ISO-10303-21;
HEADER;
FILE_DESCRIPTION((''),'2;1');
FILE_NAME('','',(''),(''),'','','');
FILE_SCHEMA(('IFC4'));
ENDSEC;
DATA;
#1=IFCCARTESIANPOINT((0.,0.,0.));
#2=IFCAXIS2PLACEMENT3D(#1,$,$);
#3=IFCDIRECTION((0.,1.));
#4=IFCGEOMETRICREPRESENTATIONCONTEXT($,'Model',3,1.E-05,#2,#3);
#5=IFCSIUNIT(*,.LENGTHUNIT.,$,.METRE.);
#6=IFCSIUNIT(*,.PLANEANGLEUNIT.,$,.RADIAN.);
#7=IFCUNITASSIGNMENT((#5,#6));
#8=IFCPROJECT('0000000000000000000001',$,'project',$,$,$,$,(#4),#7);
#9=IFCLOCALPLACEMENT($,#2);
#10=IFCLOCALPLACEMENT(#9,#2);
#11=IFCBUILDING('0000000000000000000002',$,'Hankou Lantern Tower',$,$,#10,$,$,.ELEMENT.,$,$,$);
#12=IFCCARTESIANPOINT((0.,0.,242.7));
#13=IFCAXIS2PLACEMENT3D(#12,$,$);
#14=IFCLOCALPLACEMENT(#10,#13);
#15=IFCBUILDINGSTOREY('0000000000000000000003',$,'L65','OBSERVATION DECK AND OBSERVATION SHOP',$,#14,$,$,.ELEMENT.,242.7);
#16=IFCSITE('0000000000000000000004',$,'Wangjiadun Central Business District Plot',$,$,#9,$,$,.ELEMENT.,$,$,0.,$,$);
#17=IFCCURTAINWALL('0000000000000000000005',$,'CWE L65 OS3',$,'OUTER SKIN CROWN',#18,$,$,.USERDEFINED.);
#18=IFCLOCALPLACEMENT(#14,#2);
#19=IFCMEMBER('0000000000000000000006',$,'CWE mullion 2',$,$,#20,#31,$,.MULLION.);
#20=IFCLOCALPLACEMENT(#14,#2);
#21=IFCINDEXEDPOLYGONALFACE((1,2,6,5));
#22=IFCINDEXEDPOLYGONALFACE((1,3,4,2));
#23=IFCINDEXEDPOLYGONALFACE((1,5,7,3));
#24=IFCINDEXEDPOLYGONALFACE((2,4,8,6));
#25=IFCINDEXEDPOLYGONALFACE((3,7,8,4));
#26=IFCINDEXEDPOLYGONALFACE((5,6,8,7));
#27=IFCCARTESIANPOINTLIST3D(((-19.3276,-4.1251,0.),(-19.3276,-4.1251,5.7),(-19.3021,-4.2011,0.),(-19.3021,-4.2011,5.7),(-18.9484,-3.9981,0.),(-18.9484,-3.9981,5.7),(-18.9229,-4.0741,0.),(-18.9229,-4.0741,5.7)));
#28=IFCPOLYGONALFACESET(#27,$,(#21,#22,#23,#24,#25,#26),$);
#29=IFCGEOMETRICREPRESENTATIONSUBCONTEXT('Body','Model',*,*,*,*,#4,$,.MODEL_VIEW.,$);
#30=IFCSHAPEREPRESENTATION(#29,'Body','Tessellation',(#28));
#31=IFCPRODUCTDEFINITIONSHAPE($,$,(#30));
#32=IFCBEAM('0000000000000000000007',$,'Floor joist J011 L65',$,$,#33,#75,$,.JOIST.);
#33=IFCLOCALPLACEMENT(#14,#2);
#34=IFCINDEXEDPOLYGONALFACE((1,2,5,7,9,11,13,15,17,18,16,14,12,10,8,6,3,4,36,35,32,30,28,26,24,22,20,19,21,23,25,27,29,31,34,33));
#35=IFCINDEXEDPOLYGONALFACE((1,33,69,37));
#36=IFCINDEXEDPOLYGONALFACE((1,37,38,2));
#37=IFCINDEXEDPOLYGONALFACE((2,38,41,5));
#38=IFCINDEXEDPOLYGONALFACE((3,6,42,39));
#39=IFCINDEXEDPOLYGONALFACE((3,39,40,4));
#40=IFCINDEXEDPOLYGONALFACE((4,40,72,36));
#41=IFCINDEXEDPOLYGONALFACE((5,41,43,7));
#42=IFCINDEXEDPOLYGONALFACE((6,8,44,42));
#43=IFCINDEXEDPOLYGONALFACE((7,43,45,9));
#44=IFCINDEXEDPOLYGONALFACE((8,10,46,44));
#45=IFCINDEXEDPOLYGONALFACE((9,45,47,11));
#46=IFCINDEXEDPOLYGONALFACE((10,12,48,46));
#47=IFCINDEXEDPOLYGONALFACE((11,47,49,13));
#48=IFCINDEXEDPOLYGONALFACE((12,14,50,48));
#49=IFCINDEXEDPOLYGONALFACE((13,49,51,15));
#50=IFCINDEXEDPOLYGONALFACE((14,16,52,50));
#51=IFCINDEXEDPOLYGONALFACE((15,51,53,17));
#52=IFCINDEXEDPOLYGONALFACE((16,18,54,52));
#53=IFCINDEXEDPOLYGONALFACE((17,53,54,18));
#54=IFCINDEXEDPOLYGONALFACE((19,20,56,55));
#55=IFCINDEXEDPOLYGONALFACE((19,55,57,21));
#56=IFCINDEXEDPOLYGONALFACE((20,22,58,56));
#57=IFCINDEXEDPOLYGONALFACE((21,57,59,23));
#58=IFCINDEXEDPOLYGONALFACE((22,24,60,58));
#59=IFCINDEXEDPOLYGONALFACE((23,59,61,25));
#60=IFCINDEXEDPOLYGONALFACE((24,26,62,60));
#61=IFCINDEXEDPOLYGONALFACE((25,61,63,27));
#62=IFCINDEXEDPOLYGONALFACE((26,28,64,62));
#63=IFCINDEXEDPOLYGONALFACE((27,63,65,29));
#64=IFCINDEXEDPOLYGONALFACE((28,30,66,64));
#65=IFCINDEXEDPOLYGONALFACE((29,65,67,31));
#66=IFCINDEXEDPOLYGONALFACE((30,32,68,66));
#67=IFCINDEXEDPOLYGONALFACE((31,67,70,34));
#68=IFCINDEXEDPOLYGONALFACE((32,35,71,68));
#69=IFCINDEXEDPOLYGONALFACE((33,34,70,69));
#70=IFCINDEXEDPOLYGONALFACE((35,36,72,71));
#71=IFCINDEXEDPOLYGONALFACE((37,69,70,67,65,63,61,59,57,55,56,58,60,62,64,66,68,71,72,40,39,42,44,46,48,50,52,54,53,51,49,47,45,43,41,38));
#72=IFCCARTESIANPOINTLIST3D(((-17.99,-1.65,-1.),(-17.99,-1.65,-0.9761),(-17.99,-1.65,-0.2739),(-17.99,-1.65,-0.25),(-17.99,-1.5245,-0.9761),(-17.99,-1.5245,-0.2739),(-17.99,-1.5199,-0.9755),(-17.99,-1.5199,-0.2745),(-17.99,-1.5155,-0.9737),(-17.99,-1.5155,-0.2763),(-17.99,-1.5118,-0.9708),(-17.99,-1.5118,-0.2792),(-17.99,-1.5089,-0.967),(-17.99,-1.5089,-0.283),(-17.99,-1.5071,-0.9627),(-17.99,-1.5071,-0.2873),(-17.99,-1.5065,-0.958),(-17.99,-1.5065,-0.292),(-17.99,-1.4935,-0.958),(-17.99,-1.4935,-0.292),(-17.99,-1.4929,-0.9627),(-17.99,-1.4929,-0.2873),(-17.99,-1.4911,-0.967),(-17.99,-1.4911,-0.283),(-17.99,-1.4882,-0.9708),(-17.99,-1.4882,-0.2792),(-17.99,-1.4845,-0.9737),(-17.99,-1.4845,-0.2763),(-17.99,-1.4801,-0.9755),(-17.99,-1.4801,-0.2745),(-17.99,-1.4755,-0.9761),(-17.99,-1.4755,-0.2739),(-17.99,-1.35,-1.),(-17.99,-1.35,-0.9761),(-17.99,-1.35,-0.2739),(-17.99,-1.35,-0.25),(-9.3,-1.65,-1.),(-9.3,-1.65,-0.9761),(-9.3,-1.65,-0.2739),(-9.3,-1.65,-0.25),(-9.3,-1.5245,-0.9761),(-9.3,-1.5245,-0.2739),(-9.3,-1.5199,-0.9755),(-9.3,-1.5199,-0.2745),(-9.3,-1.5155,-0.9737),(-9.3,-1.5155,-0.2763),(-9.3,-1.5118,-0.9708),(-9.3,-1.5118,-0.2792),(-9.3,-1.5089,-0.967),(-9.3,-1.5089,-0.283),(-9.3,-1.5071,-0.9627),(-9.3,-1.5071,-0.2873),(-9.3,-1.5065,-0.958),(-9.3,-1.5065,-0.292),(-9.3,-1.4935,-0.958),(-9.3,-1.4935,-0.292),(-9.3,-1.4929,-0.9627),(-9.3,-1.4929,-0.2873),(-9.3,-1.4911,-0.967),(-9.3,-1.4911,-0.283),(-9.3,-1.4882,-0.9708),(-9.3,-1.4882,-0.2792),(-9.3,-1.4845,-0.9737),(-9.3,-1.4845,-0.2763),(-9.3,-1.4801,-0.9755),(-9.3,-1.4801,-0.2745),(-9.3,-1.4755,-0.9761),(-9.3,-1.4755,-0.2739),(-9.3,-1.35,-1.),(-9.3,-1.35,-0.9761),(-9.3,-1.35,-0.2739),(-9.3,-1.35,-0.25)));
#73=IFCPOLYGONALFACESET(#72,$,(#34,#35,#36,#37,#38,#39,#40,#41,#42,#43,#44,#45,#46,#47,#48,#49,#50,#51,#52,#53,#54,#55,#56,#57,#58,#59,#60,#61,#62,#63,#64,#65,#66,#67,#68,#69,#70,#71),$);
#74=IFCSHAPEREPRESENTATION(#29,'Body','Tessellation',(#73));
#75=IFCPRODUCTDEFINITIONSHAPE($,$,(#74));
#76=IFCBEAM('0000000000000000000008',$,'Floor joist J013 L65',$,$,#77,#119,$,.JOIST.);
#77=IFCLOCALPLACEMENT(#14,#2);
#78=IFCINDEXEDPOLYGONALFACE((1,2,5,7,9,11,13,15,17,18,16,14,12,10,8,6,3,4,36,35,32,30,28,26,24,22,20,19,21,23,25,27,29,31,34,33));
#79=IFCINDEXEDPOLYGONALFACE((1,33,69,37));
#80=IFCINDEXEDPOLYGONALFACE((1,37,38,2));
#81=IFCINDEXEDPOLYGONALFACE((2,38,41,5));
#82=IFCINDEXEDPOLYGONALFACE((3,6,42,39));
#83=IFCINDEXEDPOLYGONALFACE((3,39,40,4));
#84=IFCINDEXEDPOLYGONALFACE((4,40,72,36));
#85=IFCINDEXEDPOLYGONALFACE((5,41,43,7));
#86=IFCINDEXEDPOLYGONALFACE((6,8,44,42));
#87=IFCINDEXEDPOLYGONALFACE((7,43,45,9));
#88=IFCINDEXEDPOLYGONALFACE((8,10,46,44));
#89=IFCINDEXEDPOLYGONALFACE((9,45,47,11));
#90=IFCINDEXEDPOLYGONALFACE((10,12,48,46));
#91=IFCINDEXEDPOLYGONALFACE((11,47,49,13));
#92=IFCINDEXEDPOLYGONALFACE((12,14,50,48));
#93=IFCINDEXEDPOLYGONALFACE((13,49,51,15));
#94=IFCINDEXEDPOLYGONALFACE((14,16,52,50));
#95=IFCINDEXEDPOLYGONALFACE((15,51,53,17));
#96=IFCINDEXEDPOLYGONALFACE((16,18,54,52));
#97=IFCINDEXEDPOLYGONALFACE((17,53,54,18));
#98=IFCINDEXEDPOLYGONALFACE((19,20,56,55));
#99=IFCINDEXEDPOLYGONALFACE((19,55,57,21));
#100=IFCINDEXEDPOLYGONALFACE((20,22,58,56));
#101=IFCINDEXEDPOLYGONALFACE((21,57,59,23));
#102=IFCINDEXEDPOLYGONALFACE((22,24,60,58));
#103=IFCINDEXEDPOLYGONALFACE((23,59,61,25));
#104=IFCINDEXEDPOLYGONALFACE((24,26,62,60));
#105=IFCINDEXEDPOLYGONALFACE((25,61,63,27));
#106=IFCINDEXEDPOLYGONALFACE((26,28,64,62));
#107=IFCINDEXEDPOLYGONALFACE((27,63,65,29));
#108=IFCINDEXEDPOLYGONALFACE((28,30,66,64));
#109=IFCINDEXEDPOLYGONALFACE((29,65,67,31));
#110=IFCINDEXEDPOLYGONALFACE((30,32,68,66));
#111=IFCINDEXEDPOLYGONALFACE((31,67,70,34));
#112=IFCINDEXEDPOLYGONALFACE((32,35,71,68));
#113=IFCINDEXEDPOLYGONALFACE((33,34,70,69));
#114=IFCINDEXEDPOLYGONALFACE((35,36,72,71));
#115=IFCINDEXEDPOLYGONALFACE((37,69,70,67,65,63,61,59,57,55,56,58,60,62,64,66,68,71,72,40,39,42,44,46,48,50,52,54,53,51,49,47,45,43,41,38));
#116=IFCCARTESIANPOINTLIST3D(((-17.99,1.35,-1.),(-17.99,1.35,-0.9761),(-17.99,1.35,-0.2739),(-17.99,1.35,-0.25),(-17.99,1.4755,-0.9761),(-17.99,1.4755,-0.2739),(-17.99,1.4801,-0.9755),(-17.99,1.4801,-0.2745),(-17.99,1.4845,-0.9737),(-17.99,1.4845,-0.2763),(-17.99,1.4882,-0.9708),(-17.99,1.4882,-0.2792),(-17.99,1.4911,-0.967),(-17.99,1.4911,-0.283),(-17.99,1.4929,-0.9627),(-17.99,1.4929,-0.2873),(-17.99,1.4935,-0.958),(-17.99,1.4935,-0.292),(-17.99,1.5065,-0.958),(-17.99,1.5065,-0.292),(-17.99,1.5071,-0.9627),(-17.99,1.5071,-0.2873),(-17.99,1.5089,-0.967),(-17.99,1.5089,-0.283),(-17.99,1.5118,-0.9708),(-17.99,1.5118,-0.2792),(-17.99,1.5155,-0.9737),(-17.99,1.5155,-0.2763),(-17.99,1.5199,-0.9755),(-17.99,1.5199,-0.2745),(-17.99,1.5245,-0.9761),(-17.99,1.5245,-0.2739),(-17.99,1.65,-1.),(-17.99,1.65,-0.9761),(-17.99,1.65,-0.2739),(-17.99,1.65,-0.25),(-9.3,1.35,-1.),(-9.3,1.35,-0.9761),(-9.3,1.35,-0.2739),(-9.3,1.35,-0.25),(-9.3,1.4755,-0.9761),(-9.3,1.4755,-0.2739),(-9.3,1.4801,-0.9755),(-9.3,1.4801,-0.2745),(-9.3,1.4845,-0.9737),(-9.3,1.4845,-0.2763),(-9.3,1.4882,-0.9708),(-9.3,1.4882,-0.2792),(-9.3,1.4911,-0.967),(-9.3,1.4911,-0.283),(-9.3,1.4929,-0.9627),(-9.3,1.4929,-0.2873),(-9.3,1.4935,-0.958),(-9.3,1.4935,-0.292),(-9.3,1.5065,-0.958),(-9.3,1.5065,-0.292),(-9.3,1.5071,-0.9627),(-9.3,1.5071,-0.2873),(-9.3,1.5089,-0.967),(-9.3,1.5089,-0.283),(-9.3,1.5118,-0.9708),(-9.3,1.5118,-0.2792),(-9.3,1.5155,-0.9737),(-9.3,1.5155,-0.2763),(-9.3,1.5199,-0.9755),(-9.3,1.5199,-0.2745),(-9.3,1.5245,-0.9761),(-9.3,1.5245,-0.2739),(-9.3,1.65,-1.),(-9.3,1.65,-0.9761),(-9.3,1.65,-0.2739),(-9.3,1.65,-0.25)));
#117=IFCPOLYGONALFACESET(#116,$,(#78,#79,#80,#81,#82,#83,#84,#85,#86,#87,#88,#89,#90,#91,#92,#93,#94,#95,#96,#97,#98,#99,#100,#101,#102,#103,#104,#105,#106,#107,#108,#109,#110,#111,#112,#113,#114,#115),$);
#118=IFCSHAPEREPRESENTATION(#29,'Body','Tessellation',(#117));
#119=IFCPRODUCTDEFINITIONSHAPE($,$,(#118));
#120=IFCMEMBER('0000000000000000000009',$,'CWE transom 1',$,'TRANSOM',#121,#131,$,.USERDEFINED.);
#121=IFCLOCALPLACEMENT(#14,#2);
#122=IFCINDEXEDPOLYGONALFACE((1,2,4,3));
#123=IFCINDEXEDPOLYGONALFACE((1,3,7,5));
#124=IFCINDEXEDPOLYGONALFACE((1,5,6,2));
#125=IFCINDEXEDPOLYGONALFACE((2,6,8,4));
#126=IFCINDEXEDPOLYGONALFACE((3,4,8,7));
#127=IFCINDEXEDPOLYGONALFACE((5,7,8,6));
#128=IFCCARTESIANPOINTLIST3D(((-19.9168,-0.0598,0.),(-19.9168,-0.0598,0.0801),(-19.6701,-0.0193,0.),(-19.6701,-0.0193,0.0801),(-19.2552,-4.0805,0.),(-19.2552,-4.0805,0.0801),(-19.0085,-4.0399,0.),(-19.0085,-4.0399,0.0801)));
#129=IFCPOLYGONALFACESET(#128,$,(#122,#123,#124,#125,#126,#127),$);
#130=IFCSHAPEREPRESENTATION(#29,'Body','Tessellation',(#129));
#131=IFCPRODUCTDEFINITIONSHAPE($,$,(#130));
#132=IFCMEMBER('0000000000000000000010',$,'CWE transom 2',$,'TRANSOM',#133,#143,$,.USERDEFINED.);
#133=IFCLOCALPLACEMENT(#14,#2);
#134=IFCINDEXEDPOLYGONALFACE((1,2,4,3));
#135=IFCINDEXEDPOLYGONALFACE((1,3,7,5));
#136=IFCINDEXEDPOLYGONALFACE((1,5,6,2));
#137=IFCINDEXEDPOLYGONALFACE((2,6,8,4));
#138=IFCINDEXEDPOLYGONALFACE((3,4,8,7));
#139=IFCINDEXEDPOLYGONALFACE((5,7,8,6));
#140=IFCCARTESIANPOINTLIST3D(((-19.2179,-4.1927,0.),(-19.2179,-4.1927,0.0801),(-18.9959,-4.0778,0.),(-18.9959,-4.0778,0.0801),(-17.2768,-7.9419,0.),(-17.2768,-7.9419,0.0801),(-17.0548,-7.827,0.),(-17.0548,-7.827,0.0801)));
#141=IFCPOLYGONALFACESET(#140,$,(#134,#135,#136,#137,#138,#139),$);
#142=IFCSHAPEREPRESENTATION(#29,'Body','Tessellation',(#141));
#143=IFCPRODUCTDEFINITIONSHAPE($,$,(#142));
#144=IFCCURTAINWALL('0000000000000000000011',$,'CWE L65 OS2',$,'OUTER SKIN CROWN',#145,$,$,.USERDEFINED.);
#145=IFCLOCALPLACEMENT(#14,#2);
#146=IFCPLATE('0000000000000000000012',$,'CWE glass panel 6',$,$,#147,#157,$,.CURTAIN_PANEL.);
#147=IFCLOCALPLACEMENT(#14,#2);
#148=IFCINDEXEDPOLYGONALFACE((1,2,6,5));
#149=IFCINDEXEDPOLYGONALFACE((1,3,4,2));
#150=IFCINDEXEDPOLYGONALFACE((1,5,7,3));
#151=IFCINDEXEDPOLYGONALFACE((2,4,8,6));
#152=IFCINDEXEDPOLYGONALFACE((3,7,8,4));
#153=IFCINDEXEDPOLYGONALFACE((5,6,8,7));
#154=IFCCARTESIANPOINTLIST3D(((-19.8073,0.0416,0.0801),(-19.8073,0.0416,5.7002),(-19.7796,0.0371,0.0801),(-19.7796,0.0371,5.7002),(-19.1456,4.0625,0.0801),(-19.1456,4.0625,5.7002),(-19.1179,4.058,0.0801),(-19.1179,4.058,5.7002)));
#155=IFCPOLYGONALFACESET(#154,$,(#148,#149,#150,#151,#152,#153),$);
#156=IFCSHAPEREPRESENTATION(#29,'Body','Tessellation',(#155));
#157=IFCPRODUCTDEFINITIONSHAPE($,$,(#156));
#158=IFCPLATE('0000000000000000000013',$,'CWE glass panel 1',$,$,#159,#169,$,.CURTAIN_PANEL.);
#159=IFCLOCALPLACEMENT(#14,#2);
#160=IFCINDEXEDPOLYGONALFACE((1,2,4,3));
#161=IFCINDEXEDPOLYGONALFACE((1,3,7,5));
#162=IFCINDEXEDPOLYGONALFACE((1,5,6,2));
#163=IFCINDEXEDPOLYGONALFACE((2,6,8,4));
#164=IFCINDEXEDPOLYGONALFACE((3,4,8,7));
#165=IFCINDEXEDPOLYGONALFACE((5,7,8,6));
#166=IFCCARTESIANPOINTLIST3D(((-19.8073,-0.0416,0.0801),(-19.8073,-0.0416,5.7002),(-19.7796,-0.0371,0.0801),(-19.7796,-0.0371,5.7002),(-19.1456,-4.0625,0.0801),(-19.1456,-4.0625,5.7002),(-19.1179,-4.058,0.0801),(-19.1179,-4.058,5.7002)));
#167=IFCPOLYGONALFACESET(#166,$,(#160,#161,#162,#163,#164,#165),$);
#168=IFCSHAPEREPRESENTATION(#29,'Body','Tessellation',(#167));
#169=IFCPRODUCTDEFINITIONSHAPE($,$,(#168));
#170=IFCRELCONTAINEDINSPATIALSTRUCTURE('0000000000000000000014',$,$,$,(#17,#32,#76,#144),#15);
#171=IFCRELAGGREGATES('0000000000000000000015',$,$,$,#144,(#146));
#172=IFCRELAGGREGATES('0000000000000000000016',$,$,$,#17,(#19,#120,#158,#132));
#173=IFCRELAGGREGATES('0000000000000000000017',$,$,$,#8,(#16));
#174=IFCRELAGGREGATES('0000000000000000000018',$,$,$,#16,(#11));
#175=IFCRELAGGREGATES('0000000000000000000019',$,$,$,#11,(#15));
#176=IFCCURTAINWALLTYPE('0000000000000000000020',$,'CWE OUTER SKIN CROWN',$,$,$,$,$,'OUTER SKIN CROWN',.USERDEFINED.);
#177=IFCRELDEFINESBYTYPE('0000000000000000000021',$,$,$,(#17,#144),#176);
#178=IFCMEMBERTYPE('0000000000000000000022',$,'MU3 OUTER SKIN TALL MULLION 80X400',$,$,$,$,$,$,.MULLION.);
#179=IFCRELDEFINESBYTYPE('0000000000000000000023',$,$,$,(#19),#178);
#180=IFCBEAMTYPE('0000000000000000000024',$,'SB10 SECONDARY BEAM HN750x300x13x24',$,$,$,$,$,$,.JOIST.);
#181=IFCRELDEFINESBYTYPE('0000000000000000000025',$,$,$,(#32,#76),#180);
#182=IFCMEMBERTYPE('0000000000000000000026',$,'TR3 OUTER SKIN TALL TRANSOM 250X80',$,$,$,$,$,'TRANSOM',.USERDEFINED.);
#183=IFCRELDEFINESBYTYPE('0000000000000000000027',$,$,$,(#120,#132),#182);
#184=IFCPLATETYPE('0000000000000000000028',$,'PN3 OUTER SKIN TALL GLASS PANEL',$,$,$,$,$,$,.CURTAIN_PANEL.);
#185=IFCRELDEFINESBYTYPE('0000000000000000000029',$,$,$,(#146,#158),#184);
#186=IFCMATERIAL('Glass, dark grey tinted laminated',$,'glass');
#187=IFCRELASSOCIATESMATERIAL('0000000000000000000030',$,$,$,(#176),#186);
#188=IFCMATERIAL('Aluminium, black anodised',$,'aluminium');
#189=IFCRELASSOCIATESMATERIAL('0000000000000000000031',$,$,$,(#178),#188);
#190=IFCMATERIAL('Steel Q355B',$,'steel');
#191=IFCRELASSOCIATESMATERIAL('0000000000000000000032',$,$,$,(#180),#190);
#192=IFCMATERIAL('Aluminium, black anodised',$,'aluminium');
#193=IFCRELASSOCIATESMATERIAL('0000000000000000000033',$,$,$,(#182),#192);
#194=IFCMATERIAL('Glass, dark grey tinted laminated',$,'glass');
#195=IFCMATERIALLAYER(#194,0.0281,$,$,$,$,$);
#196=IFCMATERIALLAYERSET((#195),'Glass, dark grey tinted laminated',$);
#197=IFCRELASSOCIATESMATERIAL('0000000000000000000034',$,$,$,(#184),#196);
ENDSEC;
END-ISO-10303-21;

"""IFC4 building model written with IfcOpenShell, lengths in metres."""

from ifc_helpers import new_model, si_unit, direction, frame, origin, origin_2d, place, context, subcontext, project, spatial, rectangle, i_section, extrude, material, layer, layer_set, material_profile, profile_set, type_object, element, aggregate, save


model = new_model("IFC4")

# Units and contexts
model_context = context("Model", 3, precision=1e-05, world=origin(), true_north=direction((0.0, 1.0)))
body_context = subcontext(model_context, "Body", "Model", "MODEL_VIEW")
ifc_project = project(units=[si_unit("LENGTHUNIT", "METRE"), si_unit("PLANEANGLEUNIT", "RADIAN")], contexts=[model_context])

# Site, building, storey
site_placement = place(None, origin())
site = spatial("IfcSite", under=ifc_project, at=site_placement, Name="Wangjiadun Central Business District Plot", CompositionType="ELEMENT", RefElevation=0.0)
building_placement = place(site_placement, origin())
building = spatial("IfcBuilding", under=site, at=building_placement, Name="Hankou Lantern Tower", CompositionType="ELEMENT")
storey_placement = place(building_placement, frame((0.0, 0.0, 242.7)))
storey = spatial("IfcBuildingStorey", under=building, at=storey_placement, Name="L65", Description="OBSERVATION DECK AND OBSERVATION SHOP", CompositionType="ELEMENT", Elevation=242.7)

# Curtain wall, member
ifc_material_1 = material(Name="Glass, dark grey tinted laminated", Category="glass")
curtain_wall_type = type_object("IfcCurtainWallType", Name="CWE OUTER SKIN CROWN", ElementType="OUTER SKIN CROWN", PredefinedType="USERDEFINED", material=ifc_material_1)
curtain_wall_1_placement = place(storey_placement, origin())
curtain_wall_1 = element("IfcCurtainWall", 1, at=curtain_wall_1_placement, inside=storey, type_object=curtain_wall_type, Name="CWE L65 OS3", ObjectType="OUTER SKIN CROWN", PredefinedType="USERDEFINED")
ifc_material_2 = material(Name="Aluminium, black anodised", Category="aluminium")
ifc_material_profile_1 = material_profile(ifc_material_2, rectangle(XDim=0.0801, YDim=0.3999, at=origin_2d()), Name="MU3 80X400")
ifc_profile_set_1 = profile_set([ifc_material_profile_1], Name="Aluminium, black anodised")
member_type_1 = type_object("IfcMemberType", Name="MU3 OUTER SKIN TALL MULLION 80X400", PredefinedType="MULLION", material=ifc_profile_set_1)
member_1_placement = place(storey_placement, frame((-19.1252, -4.0996, 0.0), z_axis=(0.0, 0.0, 1.0), x_axis=(0.317596, -0.948226, 0.0)))
member_1 = element("IfcMember", 2, at=member_1_placement, type_object=member_type_1, Name="CWE mullion 2", PredefinedType="MULLION", context=body_context, shape_type="SweptSolid", body=[
    extrude(rectangle(XDim=0.0801, YDim=0.3999, at=origin_2d()), origin(), (0.0, 0.0, 1.0), 5.7),
])

# Beams
ifc_material_3 = material(Name="Steel Q355B", Category="steel")
ifc_material_profile_2 = material_profile(ifc_material_3, i_section(OverallWidth=0.3, OverallDepth=0.75, WebThickness=0.0129, FlangeThickness=0.0239, FilletRadius=0.0181, at=origin_2d()), Name="HN750x300x13x24")
ifc_profile_set_2 = profile_set([ifc_material_profile_2], Name="Steel Q355B")
beam_type_1 = type_object("IfcBeamType", Name="SB10 SECONDARY BEAM HN750x300x13x24", PredefinedType="JOIST", material=ifc_profile_set_2)
for number, where, z_axis, x_axis, name in (
    (3, (-17.99, -1.5, -0.625), (1.0, 0.0, 0.0), (0.0, 1.0, 0.0), "Floor joist J011 L65"),
    (4, (-17.99, 1.5, -0.625), (1.0, 0.0, 0.0), (0.0, 1.0, 0.0), "Floor joist J013 L65"),
):
    element("IfcBeam", number, at=place(storey_placement, frame(where, z_axis=z_axis, x_axis=x_axis)), inside=storey, type_object=beam_type_1, Name=name, PredefinedType="JOIST", context=body_context, shape_type="SweptSolid", body=[
        extrude(i_section(OverallWidth=0.3, OverallDepth=0.75, WebThickness=0.0129, FlangeThickness=0.0239, FilletRadius=0.0181, at=origin_2d()), origin(), (0.0, 0.0, 1.0), 8.6899),
    ])

# Members
ifc_material_4 = material(Name="Aluminium, black anodised", Category="aluminium")
ifc_material_profile_3 = material_profile(ifc_material_4, rectangle(XDim=0.25, YDim=0.0801, at=origin_2d()), Name="TR3 250X80")
ifc_profile_set_3 = profile_set([ifc_material_profile_3], Name="Aluminium, black anodised")
member_type_2 = type_object("IfcMemberType", Name="TR3 OUTER SKIN TALL TRANSOM 250X80", ElementType="TRANSOM", PredefinedType="USERDEFINED", material=ifc_profile_set_3)
member_2_placement = place(storey_placement, frame((-19.7935, -0.0396, 0.04), z_axis=(0.162368, -0.98673, 0.0), x_axis=(0.98673, 0.162368, 0.0)))
member_2 = element("IfcMember", 5, at=member_2_placement, type_object=member_type_2, Name="CWE transom 1", ObjectType="TRANSOM", PredefinedType="USERDEFINED", context=body_context, shape_type="SweptSolid", body=[
    extrude(rectangle(XDim=0.25, YDim=0.0801, at=origin_2d()), origin(), (0.0, 0.0, 1.0), 4.0747),
])
member_3_placement = place(storey_placement, frame((-19.1069, -4.1353, 0.04), z_axis=(0.459775, -0.888035, 0.0), x_axis=(0.888035, 0.459775, 0.0)))
member_3 = element("IfcMember", 6, at=member_3_placement, type_object=member_type_2, Name="CWE transom 2", ObjectType="TRANSOM", PredefinedType="USERDEFINED", context=body_context, shape_type="SweptSolid", body=[
    extrude(rectangle(XDim=0.25, YDim=0.0801, at=origin_2d()), origin(), (0.0, 0.0, 1.0), 4.2219),
])

# Curtain wall, plate
curtain_wall_2_placement = place(storey_placement, origin())
curtain_wall_2 = element("IfcCurtainWall", 7, at=curtain_wall_2_placement, inside=storey, type_object=curtain_wall_type, Name="CWE L65 OS2", ObjectType="OUTER SKIN CROWN", PredefinedType="USERDEFINED")
ifc_material_5 = material(Name="Glass, dark grey tinted laminated", Category="glass")
ifc_layer_1 = layer(ifc_material_5, 0.0281)
ifc_layer_set_1 = layer_set([ifc_layer_1], Name="Glass, dark grey tinted laminated")
plate_type = type_object("IfcPlateType", Name="PN3 OUTER SKIN TALL GLASS PANEL", PredefinedType="CURTAIN_PANEL", material=ifc_layer_set_1)
plate_1_placement = place(storey_placement, frame((-19.4626, 2.0498, 0.0801), z_axis=(0.0, 0.0, 1.0), x_axis=(-0.162382, -0.986728, 0.0)))
plate_1 = element("IfcPlate", 8, at=plate_1_placement, type_object=plate_type, Name="CWE glass panel 6", PredefinedType="CURTAIN_PANEL", context=body_context, shape_type="SweptSolid", body=[
    extrude(rectangle(XDim=4.075, YDim=0.0281, at=origin_2d()), origin(), (0.0, 0.0, 1.0), 5.6201),
])
aggregate(curtain_wall_2, [plate_1])

# Plate
plate_2_placement = place(storey_placement, frame((-19.4626, -2.0498, 0.0801), z_axis=(0.0, 0.0, 1.0), x_axis=(0.162382, -0.986728, 0.0)))
plate_2 = element("IfcPlate", 9, at=plate_2_placement, type_object=plate_type, Name="CWE glass panel 1", PredefinedType="CURTAIN_PANEL", context=body_context, shape_type="SweptSolid", body=[
    extrude(rectangle(XDim=4.075, YDim=0.0281, at=origin_2d()), origin(), (0.0, 0.0, 1.0), 5.6201),
])
aggregate(curtain_wall_1, [member_1, member_2, plate_2, member_3])

save(model, "model.ifc")
